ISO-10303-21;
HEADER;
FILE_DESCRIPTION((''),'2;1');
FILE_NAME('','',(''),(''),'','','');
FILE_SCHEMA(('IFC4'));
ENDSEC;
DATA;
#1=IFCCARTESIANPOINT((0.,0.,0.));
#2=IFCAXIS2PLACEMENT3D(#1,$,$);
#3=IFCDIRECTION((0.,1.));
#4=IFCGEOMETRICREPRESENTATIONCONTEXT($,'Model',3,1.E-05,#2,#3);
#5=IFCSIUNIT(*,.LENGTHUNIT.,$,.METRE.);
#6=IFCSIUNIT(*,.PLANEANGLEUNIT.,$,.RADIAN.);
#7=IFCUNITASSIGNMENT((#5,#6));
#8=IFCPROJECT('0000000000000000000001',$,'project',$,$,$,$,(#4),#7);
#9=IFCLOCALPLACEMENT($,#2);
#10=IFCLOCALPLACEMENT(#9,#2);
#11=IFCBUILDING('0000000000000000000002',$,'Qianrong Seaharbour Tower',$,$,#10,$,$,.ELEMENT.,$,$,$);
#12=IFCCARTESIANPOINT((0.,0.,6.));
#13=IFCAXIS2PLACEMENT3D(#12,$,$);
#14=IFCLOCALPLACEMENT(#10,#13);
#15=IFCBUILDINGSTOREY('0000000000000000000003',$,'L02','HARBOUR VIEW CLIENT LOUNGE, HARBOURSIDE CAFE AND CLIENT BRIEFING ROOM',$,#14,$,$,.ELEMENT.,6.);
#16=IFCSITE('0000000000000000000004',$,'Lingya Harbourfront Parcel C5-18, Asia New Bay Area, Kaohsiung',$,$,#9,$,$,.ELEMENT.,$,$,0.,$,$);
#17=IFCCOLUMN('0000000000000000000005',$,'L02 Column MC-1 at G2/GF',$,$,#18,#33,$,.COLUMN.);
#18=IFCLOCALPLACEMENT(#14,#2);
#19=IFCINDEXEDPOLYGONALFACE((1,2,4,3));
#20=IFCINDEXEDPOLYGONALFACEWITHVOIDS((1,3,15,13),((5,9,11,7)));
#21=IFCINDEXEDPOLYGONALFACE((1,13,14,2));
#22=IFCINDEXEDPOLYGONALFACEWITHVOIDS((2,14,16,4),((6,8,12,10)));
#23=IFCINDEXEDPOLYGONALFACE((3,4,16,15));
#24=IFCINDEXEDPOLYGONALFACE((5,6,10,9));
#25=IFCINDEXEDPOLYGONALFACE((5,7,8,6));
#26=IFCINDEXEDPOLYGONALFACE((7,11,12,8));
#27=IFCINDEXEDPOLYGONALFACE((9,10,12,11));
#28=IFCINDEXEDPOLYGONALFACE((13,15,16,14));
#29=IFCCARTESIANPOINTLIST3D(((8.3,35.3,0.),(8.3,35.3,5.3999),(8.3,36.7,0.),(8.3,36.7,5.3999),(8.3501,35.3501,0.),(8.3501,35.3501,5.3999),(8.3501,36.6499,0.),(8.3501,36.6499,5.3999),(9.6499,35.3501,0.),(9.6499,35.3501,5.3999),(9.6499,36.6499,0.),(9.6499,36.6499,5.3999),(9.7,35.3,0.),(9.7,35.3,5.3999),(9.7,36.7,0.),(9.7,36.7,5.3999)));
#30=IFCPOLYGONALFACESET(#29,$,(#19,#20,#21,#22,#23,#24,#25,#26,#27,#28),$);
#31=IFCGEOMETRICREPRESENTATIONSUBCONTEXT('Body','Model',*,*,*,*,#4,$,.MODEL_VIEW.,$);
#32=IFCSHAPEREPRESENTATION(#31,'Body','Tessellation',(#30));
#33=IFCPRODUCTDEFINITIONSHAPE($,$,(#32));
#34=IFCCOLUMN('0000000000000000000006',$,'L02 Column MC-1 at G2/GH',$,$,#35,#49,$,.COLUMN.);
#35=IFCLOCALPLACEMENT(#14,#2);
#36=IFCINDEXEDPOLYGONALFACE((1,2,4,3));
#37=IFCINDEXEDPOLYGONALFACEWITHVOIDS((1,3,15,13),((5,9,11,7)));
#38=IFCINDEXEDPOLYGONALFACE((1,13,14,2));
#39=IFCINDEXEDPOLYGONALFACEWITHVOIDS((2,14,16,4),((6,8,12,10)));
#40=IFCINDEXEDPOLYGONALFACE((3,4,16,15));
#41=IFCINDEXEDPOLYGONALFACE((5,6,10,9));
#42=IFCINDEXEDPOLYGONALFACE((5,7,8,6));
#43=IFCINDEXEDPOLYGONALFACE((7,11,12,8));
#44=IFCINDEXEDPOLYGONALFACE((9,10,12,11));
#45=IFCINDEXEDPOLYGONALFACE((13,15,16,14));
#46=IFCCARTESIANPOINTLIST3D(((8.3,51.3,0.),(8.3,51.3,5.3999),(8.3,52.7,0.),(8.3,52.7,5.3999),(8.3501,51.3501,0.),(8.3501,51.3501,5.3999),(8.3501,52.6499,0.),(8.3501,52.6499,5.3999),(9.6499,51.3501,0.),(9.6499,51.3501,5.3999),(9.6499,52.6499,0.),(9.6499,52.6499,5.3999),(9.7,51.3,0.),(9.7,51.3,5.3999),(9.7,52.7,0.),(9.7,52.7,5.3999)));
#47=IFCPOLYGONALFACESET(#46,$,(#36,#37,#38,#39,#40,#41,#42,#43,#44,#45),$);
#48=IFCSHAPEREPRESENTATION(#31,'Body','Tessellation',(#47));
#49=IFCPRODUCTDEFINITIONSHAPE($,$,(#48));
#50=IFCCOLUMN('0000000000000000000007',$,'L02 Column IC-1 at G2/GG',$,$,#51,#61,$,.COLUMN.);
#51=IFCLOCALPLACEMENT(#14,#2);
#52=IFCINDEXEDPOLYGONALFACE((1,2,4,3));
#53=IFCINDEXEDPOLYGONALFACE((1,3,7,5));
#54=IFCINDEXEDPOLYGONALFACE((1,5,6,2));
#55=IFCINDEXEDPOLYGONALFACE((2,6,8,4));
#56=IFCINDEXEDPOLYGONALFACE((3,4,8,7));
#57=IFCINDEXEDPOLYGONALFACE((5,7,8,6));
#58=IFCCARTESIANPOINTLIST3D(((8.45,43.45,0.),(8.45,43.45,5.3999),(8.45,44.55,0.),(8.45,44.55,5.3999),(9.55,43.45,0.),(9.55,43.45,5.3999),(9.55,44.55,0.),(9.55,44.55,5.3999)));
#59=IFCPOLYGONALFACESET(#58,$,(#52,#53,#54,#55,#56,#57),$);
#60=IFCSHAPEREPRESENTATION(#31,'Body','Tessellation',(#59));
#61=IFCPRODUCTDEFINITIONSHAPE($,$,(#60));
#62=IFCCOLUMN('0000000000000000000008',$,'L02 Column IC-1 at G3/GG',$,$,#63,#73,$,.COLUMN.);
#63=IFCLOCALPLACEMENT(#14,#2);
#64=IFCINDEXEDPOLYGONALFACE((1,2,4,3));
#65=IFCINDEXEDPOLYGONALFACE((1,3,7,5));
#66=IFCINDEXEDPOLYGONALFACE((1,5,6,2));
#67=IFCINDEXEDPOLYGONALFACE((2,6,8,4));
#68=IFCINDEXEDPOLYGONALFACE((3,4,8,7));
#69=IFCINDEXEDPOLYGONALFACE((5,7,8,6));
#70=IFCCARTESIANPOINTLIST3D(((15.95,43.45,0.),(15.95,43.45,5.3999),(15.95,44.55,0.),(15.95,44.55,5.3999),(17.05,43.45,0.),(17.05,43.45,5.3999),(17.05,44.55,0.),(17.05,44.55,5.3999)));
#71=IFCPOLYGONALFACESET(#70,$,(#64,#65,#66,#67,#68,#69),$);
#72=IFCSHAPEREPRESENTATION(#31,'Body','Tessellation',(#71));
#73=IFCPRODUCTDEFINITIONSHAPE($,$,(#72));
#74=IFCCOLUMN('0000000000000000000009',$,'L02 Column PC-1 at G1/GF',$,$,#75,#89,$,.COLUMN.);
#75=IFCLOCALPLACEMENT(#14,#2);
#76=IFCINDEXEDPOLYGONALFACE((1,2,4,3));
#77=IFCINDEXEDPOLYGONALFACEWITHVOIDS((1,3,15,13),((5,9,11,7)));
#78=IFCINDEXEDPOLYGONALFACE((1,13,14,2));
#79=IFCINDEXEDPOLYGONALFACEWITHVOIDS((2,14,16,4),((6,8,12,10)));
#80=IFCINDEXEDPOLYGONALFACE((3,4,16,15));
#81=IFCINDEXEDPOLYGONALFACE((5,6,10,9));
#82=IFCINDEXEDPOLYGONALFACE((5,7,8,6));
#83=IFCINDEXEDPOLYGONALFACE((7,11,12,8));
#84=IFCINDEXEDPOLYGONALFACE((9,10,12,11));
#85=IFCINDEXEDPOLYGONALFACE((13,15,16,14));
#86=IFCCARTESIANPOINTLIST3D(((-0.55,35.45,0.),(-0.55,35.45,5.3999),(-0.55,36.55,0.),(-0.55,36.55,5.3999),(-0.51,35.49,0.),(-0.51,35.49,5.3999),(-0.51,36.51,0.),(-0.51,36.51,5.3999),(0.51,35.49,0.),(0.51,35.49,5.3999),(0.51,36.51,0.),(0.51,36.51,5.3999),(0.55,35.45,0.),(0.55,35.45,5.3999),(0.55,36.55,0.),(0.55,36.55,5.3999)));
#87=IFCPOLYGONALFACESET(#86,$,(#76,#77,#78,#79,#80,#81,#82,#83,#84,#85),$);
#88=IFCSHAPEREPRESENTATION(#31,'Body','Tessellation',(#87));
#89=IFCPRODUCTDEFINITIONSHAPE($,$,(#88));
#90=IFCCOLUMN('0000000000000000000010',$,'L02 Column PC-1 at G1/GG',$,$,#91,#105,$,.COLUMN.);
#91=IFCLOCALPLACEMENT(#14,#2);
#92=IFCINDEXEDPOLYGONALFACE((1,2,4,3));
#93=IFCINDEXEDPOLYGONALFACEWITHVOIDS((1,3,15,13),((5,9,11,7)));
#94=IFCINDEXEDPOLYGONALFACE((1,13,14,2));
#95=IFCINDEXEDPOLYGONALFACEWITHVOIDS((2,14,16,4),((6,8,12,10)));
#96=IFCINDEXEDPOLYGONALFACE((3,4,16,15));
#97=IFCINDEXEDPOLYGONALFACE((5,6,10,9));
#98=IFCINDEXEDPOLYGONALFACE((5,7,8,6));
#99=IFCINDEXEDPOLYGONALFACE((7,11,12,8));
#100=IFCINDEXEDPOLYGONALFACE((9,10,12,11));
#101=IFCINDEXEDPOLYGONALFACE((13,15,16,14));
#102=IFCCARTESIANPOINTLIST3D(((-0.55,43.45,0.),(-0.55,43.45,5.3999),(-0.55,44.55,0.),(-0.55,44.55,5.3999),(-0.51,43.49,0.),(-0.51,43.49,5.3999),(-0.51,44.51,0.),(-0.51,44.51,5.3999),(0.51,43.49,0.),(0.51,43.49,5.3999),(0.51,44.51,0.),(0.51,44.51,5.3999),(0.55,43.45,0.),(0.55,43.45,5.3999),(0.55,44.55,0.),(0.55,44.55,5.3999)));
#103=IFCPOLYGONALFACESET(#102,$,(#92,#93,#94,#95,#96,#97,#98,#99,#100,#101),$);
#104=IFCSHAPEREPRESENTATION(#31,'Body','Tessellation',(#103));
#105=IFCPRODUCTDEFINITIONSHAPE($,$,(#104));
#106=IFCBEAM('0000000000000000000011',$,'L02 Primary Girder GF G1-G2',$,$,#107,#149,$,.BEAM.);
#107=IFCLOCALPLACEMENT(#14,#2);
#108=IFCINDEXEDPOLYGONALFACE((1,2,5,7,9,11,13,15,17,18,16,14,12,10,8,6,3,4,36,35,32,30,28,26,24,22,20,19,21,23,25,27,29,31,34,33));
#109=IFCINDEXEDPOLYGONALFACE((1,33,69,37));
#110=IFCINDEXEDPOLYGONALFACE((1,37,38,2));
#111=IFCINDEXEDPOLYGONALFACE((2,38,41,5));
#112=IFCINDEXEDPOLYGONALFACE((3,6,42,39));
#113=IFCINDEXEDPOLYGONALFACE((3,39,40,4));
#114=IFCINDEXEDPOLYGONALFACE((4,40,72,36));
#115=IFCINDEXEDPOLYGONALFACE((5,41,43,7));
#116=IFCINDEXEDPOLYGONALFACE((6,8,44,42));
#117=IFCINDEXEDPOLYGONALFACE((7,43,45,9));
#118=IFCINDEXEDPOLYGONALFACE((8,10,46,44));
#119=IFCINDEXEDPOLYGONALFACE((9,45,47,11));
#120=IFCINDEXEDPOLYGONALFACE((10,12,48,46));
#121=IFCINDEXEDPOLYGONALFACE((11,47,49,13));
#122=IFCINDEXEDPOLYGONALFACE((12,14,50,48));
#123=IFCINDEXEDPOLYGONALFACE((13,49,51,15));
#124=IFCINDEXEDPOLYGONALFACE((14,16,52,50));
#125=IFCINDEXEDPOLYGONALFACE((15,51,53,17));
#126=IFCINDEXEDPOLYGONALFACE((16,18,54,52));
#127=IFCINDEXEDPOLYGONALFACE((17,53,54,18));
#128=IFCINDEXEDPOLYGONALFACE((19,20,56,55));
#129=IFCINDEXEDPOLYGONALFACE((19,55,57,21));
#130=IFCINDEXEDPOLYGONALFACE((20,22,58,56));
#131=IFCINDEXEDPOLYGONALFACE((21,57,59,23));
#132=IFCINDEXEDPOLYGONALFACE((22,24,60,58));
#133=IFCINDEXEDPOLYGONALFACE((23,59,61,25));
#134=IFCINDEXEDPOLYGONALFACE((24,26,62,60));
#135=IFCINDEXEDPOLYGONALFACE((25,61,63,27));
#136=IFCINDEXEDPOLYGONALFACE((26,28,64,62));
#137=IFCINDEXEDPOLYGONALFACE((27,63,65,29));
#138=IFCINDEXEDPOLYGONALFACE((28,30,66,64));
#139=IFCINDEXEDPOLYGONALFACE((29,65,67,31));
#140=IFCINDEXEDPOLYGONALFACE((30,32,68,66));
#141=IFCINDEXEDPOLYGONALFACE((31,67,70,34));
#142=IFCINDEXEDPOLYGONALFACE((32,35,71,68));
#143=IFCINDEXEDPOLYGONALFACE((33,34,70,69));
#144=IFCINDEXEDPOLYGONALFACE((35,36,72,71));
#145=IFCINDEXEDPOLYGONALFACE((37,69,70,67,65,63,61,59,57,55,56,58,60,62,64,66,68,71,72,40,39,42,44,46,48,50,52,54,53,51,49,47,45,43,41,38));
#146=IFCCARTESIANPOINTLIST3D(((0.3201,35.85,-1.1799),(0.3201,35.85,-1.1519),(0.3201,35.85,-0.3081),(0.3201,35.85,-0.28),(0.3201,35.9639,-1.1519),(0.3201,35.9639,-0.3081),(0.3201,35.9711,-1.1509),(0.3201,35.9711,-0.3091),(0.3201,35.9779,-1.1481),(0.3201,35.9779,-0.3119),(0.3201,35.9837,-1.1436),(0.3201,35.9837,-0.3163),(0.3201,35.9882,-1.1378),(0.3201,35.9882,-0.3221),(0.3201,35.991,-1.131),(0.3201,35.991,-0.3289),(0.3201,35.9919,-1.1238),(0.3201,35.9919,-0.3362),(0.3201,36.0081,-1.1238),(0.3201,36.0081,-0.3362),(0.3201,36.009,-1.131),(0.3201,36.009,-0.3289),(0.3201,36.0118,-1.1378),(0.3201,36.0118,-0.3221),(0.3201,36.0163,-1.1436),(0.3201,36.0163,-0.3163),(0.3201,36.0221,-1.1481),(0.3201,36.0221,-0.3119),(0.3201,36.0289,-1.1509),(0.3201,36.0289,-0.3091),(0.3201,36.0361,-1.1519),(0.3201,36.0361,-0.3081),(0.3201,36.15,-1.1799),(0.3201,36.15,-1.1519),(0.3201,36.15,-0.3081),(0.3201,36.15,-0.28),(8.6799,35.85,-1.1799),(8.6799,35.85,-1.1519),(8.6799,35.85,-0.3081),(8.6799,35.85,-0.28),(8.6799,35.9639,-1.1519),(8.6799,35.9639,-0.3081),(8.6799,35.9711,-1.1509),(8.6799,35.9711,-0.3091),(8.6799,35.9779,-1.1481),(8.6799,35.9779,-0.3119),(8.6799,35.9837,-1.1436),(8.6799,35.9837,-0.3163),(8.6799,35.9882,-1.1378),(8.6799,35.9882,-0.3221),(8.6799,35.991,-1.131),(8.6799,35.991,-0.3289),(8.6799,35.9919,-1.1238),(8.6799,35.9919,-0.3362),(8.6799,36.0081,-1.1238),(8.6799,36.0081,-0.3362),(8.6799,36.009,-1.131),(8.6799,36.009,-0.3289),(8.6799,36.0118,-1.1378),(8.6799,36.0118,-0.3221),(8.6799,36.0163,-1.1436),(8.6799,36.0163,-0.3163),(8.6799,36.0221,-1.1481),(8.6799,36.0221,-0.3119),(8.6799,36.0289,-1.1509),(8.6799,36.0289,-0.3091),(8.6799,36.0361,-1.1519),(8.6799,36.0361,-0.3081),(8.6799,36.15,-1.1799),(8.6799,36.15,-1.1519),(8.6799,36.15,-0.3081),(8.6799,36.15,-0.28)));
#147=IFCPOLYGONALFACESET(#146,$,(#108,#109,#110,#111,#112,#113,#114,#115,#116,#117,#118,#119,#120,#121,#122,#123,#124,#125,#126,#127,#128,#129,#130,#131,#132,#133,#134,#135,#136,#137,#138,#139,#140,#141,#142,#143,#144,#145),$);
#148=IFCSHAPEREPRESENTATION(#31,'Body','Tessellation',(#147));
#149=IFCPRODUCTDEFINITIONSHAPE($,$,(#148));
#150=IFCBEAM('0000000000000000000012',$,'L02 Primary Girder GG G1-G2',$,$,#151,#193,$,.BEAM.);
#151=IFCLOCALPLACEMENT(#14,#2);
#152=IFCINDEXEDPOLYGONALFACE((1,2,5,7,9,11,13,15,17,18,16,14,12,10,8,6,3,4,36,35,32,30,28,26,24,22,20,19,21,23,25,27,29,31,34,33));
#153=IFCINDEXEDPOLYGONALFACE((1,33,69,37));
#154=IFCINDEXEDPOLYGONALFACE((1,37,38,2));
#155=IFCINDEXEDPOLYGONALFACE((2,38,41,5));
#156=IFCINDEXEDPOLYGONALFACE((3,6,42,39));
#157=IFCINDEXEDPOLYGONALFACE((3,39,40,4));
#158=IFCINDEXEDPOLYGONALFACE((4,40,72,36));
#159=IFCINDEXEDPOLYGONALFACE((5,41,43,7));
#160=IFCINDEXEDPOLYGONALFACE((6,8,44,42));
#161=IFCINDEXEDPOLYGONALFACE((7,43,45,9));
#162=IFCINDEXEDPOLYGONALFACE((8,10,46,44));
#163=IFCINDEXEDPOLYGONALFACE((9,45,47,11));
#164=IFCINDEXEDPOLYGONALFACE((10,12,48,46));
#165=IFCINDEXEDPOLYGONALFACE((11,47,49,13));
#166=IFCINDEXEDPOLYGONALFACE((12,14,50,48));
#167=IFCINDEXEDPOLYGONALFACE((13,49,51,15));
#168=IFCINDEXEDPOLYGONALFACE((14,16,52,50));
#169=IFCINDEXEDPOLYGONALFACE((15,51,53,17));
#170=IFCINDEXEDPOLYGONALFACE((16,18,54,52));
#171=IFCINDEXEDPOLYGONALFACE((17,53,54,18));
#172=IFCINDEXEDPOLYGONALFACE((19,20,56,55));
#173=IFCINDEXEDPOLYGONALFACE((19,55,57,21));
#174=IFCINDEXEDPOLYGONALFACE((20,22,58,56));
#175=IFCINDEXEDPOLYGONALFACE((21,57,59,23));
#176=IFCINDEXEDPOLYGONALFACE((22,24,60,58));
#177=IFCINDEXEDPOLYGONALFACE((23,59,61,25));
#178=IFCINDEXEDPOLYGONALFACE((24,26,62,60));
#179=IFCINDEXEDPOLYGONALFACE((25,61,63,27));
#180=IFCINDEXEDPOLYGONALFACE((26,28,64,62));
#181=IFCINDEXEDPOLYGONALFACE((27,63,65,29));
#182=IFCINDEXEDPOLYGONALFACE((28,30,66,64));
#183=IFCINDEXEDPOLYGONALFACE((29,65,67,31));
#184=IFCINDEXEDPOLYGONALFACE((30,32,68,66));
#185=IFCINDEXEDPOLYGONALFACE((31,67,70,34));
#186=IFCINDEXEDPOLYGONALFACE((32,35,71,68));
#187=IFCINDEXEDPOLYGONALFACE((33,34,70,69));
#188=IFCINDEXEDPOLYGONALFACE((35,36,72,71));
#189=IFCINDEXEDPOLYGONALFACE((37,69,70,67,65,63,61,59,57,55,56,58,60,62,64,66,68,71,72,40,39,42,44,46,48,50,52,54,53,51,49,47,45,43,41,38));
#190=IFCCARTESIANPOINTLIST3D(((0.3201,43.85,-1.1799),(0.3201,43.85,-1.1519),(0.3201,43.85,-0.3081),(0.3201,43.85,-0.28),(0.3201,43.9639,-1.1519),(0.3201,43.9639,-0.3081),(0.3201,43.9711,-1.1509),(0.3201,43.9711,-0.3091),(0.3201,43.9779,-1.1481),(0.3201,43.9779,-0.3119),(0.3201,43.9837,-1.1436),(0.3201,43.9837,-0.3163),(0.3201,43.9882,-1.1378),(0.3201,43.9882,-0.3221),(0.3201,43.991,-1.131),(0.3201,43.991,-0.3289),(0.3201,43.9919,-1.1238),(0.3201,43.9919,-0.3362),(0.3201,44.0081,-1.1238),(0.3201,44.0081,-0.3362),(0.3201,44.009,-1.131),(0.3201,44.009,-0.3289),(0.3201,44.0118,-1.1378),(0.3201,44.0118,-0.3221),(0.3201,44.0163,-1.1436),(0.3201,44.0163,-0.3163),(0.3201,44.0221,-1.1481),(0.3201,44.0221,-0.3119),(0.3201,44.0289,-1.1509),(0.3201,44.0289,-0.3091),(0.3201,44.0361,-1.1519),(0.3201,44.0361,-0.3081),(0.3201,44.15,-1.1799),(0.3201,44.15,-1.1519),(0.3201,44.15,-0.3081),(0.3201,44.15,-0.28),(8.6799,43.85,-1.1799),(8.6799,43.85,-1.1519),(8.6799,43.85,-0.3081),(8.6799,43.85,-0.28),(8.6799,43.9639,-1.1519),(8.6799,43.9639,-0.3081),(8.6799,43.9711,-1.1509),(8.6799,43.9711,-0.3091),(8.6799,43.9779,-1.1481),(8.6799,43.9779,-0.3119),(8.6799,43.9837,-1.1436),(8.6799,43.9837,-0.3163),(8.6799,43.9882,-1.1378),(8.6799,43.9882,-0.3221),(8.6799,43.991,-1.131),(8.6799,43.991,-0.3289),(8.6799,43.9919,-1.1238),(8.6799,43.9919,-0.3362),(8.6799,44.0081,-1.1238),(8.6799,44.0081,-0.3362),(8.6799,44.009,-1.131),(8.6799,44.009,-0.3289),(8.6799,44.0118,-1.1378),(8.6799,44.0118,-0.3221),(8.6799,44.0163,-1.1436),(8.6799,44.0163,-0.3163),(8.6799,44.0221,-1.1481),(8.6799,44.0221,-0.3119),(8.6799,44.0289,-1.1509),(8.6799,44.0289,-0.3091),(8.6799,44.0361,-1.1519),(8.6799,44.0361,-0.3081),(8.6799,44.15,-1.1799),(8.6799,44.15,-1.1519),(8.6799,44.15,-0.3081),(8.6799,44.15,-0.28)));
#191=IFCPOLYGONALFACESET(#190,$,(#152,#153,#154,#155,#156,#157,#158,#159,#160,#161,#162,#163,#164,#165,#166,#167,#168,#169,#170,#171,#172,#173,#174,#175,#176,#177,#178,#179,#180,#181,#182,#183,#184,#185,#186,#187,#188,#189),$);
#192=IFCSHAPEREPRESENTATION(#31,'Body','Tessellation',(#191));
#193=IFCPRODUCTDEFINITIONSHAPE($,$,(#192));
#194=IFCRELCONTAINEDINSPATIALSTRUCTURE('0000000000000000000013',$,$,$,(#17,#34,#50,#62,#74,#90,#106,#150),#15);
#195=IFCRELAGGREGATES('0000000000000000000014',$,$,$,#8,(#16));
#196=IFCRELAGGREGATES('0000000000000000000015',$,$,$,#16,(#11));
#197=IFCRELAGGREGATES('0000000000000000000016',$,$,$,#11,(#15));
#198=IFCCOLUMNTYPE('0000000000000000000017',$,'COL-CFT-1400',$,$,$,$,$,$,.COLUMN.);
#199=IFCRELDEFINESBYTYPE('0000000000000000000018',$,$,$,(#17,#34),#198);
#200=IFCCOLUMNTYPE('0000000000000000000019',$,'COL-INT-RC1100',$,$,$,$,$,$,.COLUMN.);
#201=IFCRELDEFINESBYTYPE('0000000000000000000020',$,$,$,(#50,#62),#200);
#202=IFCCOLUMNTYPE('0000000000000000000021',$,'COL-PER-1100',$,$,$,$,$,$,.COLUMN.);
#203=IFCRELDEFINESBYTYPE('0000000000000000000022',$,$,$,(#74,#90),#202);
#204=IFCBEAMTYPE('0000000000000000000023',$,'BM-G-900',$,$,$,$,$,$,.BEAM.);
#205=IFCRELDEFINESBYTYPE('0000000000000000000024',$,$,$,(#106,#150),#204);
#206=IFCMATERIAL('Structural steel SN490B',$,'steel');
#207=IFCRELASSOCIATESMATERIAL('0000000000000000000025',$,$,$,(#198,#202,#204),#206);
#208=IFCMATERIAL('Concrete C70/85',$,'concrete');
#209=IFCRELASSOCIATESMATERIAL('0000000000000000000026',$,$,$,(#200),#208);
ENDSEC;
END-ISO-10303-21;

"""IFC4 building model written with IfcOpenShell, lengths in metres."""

from ifc_helpers import new_model, si_unit, direction, frame, origin, origin_2d, place, context, subcontext, project, spatial, rectangle, hollow_rectangle, i_section, extrude, material, material_profile, profile_set, type_object, element, save


model = new_model("IFC4")

# Units and contexts
model_context = context("Model", 3, precision=1e-05, world=origin(), true_north=direction((0.0, 1.0)))
body_context = subcontext(model_context, "Body", "Model", "MODEL_VIEW")
ifc_project = project(units=[si_unit("LENGTHUNIT", "METRE"), si_unit("PLANEANGLEUNIT", "RADIAN")], contexts=[model_context])

# Site, building, storey
site_placement = place(None, origin())
site = spatial("IfcSite", under=ifc_project, at=site_placement, Name="Lingya Harbourfront Parcel C5-18, Asia New Bay Area, Kaohsiung", CompositionType="ELEMENT", RefElevation=0.0)
building_placement = place(site_placement, origin())
building = spatial("IfcBuilding", under=site, at=building_placement, Name="Qianrong Seaharbour Tower", CompositionType="ELEMENT")
storey_placement = place(building_placement, frame((0.0, 0.0, 6.0)))
storey = spatial("IfcBuildingStorey", under=building, at=storey_placement, Name="L02", Description="HARBOUR VIEW CLIENT LOUNGE, HARBOURSIDE CAFE AND CLIENT BRIEFING ROOM", CompositionType="ELEMENT", Elevation=6.0)

# Columns
ifc_material_1 = material(Name="Structural steel SN490B", Category="steel")
ifc_material_profile_1 = material_profile(ifc_material_1, hollow_rectangle(XDim=1.3999, YDim=1.3999, WallThickness=0.05, at=origin_2d()), Name="BOX1400x1400x50")
ifc_profile_set_1 = profile_set([ifc_material_profile_1], Name="Structural steel SN490B")
column_type_1 = type_object("IfcColumnType", Name="COL-CFT-1400", PredefinedType="COLUMN", material=ifc_profile_set_1)
for number, where, z_axis, x_axis, name in (
    (1, (9.0, 36.0, 0.0), (0.0, 0.0, 1.0), (1.0, 0.0, 0.0), "L02 Column MC-1 at G2/GF"),
    (2, (9.0, 52.0, 0.0), (0.0, 0.0, 1.0), (1.0, 0.0, 0.0), "L02 Column MC-1 at G2/GH"),
):
    element("IfcColumn", number, at=place(storey_placement, frame(where, z_axis=z_axis, x_axis=x_axis)), inside=storey, type_object=column_type_1, Name=name, PredefinedType="COLUMN", context=body_context, shape_type="SweptSolid", body=[
        extrude(hollow_rectangle(XDim=1.3999, YDim=1.3999, WallThickness=0.05, at=origin_2d()), origin(), (0.0, 0.0, 1.0), 5.3999),
    ])
ifc_material_2 = material(Name="Concrete C70/85", Category="concrete")
ifc_material_profile_2 = material_profile(ifc_material_2, rectangle(XDim=1.1001, YDim=1.1001, at=origin_2d()), Name="RC1100x1100")
ifc_profile_set_2 = profile_set([ifc_material_profile_2], Name="Concrete C70/85")
column_type_2 = type_object("IfcColumnType", Name="COL-INT-RC1100", PredefinedType="COLUMN", material=ifc_profile_set_2)
for number, where, z_axis, x_axis, name in (
    (3, (9.0, 44.0, 0.0), (0.0, 0.0, 1.0), (1.0, 0.0, 0.0), "L02 Column IC-1 at G2/GG"),
    (4, (16.5, 44.0, 0.0), (0.0, 0.0, 1.0), (1.0, 0.0, 0.0), "L02 Column IC-1 at G3/GG"),
):
    element("IfcColumn", number, at=place(storey_placement, frame(where, z_axis=z_axis, x_axis=x_axis)), inside=storey, type_object=column_type_2, Name=name, PredefinedType="COLUMN", context=body_context, shape_type="SweptSolid", body=[
        extrude(rectangle(XDim=1.1001, YDim=1.1001, at=origin_2d()), origin(), (0.0, 0.0, 1.0), 5.3999),
    ])
ifc_material_profile_3 = material_profile(ifc_material_1, hollow_rectangle(XDim=1.1001, YDim=1.1001, WallThickness=0.04, at=origin_2d()), Name="BOX1100x1100x40")
ifc_profile_set_3 = profile_set([ifc_material_profile_3], Name="Structural steel SN490B")
column_type_3 = type_object("IfcColumnType", Name="COL-PER-1100", PredefinedType="COLUMN", material=ifc_profile_set_3)
for number, where, z_axis, x_axis, name in (
    (5, (0.0, 36.0, 0.0), (0.0, 0.0, 1.0), (1.0, 0.0, 0.0), "L02 Column PC-1 at G1/GF"),
    (6, (0.0, 44.0, 0.0), (0.0, 0.0, 1.0), (1.0, 0.0, 0.0), "L02 Column PC-1 at G1/GG"),
):
    element("IfcColumn", number, at=place(storey_placement, frame(where, z_axis=z_axis, x_axis=x_axis)), inside=storey, type_object=column_type_3, Name=name, PredefinedType="COLUMN", context=body_context, shape_type="SweptSolid", body=[
        extrude(hollow_rectangle(XDim=1.1001, YDim=1.1001, WallThickness=0.04, at=origin_2d()), origin(), (0.0, 0.0, 1.0), 5.3999),
    ])

# Beams
ifc_material_profile_4 = material_profile(ifc_material_1, i_section(OverallWidth=0.3, OverallDepth=0.8999, WebThickness=0.0161, FlangeThickness=0.0281, FilletRadius=0.0281, at=origin_2d()), Name="H900x300x16x28")
ifc_profile_set_4 = profile_set([ifc_material_profile_4], Name="Structural steel SN490B")
beam_type_1 = type_object("IfcBeamType", Name="BM-G-900", PredefinedType="BEAM", material=ifc_profile_set_4)
for number, where, z_axis, x_axis, name in (
    (7, (0.3201, 36.0, -0.73), (1.0, 0.0, 0.0), (0.0, 1.0, 0.0), "L02 Primary Girder GF G1-G2"),
    (8, (0.3201, 44.0, -0.73), (1.0, 0.0, 0.0), (0.0, 1.0, 0.0), "L02 Primary Girder GG G1-G2"),
):
    element("IfcBeam", number, at=place(storey_placement, frame(where, z_axis=z_axis, x_axis=x_axis)), inside=storey, type_object=beam_type_1, Name=name, PredefinedType="BEAM", context=body_context, shape_type="SweptSolid", body=[
        extrude(i_section(OverallWidth=0.3, OverallDepth=0.8999, WebThickness=0.0161, FlangeThickness=0.0281, FilletRadius=0.0281, at=origin_2d()), origin(), (0.0, 0.0, 1.0), 8.3599),
    ])

save(model, "model.ifc")
